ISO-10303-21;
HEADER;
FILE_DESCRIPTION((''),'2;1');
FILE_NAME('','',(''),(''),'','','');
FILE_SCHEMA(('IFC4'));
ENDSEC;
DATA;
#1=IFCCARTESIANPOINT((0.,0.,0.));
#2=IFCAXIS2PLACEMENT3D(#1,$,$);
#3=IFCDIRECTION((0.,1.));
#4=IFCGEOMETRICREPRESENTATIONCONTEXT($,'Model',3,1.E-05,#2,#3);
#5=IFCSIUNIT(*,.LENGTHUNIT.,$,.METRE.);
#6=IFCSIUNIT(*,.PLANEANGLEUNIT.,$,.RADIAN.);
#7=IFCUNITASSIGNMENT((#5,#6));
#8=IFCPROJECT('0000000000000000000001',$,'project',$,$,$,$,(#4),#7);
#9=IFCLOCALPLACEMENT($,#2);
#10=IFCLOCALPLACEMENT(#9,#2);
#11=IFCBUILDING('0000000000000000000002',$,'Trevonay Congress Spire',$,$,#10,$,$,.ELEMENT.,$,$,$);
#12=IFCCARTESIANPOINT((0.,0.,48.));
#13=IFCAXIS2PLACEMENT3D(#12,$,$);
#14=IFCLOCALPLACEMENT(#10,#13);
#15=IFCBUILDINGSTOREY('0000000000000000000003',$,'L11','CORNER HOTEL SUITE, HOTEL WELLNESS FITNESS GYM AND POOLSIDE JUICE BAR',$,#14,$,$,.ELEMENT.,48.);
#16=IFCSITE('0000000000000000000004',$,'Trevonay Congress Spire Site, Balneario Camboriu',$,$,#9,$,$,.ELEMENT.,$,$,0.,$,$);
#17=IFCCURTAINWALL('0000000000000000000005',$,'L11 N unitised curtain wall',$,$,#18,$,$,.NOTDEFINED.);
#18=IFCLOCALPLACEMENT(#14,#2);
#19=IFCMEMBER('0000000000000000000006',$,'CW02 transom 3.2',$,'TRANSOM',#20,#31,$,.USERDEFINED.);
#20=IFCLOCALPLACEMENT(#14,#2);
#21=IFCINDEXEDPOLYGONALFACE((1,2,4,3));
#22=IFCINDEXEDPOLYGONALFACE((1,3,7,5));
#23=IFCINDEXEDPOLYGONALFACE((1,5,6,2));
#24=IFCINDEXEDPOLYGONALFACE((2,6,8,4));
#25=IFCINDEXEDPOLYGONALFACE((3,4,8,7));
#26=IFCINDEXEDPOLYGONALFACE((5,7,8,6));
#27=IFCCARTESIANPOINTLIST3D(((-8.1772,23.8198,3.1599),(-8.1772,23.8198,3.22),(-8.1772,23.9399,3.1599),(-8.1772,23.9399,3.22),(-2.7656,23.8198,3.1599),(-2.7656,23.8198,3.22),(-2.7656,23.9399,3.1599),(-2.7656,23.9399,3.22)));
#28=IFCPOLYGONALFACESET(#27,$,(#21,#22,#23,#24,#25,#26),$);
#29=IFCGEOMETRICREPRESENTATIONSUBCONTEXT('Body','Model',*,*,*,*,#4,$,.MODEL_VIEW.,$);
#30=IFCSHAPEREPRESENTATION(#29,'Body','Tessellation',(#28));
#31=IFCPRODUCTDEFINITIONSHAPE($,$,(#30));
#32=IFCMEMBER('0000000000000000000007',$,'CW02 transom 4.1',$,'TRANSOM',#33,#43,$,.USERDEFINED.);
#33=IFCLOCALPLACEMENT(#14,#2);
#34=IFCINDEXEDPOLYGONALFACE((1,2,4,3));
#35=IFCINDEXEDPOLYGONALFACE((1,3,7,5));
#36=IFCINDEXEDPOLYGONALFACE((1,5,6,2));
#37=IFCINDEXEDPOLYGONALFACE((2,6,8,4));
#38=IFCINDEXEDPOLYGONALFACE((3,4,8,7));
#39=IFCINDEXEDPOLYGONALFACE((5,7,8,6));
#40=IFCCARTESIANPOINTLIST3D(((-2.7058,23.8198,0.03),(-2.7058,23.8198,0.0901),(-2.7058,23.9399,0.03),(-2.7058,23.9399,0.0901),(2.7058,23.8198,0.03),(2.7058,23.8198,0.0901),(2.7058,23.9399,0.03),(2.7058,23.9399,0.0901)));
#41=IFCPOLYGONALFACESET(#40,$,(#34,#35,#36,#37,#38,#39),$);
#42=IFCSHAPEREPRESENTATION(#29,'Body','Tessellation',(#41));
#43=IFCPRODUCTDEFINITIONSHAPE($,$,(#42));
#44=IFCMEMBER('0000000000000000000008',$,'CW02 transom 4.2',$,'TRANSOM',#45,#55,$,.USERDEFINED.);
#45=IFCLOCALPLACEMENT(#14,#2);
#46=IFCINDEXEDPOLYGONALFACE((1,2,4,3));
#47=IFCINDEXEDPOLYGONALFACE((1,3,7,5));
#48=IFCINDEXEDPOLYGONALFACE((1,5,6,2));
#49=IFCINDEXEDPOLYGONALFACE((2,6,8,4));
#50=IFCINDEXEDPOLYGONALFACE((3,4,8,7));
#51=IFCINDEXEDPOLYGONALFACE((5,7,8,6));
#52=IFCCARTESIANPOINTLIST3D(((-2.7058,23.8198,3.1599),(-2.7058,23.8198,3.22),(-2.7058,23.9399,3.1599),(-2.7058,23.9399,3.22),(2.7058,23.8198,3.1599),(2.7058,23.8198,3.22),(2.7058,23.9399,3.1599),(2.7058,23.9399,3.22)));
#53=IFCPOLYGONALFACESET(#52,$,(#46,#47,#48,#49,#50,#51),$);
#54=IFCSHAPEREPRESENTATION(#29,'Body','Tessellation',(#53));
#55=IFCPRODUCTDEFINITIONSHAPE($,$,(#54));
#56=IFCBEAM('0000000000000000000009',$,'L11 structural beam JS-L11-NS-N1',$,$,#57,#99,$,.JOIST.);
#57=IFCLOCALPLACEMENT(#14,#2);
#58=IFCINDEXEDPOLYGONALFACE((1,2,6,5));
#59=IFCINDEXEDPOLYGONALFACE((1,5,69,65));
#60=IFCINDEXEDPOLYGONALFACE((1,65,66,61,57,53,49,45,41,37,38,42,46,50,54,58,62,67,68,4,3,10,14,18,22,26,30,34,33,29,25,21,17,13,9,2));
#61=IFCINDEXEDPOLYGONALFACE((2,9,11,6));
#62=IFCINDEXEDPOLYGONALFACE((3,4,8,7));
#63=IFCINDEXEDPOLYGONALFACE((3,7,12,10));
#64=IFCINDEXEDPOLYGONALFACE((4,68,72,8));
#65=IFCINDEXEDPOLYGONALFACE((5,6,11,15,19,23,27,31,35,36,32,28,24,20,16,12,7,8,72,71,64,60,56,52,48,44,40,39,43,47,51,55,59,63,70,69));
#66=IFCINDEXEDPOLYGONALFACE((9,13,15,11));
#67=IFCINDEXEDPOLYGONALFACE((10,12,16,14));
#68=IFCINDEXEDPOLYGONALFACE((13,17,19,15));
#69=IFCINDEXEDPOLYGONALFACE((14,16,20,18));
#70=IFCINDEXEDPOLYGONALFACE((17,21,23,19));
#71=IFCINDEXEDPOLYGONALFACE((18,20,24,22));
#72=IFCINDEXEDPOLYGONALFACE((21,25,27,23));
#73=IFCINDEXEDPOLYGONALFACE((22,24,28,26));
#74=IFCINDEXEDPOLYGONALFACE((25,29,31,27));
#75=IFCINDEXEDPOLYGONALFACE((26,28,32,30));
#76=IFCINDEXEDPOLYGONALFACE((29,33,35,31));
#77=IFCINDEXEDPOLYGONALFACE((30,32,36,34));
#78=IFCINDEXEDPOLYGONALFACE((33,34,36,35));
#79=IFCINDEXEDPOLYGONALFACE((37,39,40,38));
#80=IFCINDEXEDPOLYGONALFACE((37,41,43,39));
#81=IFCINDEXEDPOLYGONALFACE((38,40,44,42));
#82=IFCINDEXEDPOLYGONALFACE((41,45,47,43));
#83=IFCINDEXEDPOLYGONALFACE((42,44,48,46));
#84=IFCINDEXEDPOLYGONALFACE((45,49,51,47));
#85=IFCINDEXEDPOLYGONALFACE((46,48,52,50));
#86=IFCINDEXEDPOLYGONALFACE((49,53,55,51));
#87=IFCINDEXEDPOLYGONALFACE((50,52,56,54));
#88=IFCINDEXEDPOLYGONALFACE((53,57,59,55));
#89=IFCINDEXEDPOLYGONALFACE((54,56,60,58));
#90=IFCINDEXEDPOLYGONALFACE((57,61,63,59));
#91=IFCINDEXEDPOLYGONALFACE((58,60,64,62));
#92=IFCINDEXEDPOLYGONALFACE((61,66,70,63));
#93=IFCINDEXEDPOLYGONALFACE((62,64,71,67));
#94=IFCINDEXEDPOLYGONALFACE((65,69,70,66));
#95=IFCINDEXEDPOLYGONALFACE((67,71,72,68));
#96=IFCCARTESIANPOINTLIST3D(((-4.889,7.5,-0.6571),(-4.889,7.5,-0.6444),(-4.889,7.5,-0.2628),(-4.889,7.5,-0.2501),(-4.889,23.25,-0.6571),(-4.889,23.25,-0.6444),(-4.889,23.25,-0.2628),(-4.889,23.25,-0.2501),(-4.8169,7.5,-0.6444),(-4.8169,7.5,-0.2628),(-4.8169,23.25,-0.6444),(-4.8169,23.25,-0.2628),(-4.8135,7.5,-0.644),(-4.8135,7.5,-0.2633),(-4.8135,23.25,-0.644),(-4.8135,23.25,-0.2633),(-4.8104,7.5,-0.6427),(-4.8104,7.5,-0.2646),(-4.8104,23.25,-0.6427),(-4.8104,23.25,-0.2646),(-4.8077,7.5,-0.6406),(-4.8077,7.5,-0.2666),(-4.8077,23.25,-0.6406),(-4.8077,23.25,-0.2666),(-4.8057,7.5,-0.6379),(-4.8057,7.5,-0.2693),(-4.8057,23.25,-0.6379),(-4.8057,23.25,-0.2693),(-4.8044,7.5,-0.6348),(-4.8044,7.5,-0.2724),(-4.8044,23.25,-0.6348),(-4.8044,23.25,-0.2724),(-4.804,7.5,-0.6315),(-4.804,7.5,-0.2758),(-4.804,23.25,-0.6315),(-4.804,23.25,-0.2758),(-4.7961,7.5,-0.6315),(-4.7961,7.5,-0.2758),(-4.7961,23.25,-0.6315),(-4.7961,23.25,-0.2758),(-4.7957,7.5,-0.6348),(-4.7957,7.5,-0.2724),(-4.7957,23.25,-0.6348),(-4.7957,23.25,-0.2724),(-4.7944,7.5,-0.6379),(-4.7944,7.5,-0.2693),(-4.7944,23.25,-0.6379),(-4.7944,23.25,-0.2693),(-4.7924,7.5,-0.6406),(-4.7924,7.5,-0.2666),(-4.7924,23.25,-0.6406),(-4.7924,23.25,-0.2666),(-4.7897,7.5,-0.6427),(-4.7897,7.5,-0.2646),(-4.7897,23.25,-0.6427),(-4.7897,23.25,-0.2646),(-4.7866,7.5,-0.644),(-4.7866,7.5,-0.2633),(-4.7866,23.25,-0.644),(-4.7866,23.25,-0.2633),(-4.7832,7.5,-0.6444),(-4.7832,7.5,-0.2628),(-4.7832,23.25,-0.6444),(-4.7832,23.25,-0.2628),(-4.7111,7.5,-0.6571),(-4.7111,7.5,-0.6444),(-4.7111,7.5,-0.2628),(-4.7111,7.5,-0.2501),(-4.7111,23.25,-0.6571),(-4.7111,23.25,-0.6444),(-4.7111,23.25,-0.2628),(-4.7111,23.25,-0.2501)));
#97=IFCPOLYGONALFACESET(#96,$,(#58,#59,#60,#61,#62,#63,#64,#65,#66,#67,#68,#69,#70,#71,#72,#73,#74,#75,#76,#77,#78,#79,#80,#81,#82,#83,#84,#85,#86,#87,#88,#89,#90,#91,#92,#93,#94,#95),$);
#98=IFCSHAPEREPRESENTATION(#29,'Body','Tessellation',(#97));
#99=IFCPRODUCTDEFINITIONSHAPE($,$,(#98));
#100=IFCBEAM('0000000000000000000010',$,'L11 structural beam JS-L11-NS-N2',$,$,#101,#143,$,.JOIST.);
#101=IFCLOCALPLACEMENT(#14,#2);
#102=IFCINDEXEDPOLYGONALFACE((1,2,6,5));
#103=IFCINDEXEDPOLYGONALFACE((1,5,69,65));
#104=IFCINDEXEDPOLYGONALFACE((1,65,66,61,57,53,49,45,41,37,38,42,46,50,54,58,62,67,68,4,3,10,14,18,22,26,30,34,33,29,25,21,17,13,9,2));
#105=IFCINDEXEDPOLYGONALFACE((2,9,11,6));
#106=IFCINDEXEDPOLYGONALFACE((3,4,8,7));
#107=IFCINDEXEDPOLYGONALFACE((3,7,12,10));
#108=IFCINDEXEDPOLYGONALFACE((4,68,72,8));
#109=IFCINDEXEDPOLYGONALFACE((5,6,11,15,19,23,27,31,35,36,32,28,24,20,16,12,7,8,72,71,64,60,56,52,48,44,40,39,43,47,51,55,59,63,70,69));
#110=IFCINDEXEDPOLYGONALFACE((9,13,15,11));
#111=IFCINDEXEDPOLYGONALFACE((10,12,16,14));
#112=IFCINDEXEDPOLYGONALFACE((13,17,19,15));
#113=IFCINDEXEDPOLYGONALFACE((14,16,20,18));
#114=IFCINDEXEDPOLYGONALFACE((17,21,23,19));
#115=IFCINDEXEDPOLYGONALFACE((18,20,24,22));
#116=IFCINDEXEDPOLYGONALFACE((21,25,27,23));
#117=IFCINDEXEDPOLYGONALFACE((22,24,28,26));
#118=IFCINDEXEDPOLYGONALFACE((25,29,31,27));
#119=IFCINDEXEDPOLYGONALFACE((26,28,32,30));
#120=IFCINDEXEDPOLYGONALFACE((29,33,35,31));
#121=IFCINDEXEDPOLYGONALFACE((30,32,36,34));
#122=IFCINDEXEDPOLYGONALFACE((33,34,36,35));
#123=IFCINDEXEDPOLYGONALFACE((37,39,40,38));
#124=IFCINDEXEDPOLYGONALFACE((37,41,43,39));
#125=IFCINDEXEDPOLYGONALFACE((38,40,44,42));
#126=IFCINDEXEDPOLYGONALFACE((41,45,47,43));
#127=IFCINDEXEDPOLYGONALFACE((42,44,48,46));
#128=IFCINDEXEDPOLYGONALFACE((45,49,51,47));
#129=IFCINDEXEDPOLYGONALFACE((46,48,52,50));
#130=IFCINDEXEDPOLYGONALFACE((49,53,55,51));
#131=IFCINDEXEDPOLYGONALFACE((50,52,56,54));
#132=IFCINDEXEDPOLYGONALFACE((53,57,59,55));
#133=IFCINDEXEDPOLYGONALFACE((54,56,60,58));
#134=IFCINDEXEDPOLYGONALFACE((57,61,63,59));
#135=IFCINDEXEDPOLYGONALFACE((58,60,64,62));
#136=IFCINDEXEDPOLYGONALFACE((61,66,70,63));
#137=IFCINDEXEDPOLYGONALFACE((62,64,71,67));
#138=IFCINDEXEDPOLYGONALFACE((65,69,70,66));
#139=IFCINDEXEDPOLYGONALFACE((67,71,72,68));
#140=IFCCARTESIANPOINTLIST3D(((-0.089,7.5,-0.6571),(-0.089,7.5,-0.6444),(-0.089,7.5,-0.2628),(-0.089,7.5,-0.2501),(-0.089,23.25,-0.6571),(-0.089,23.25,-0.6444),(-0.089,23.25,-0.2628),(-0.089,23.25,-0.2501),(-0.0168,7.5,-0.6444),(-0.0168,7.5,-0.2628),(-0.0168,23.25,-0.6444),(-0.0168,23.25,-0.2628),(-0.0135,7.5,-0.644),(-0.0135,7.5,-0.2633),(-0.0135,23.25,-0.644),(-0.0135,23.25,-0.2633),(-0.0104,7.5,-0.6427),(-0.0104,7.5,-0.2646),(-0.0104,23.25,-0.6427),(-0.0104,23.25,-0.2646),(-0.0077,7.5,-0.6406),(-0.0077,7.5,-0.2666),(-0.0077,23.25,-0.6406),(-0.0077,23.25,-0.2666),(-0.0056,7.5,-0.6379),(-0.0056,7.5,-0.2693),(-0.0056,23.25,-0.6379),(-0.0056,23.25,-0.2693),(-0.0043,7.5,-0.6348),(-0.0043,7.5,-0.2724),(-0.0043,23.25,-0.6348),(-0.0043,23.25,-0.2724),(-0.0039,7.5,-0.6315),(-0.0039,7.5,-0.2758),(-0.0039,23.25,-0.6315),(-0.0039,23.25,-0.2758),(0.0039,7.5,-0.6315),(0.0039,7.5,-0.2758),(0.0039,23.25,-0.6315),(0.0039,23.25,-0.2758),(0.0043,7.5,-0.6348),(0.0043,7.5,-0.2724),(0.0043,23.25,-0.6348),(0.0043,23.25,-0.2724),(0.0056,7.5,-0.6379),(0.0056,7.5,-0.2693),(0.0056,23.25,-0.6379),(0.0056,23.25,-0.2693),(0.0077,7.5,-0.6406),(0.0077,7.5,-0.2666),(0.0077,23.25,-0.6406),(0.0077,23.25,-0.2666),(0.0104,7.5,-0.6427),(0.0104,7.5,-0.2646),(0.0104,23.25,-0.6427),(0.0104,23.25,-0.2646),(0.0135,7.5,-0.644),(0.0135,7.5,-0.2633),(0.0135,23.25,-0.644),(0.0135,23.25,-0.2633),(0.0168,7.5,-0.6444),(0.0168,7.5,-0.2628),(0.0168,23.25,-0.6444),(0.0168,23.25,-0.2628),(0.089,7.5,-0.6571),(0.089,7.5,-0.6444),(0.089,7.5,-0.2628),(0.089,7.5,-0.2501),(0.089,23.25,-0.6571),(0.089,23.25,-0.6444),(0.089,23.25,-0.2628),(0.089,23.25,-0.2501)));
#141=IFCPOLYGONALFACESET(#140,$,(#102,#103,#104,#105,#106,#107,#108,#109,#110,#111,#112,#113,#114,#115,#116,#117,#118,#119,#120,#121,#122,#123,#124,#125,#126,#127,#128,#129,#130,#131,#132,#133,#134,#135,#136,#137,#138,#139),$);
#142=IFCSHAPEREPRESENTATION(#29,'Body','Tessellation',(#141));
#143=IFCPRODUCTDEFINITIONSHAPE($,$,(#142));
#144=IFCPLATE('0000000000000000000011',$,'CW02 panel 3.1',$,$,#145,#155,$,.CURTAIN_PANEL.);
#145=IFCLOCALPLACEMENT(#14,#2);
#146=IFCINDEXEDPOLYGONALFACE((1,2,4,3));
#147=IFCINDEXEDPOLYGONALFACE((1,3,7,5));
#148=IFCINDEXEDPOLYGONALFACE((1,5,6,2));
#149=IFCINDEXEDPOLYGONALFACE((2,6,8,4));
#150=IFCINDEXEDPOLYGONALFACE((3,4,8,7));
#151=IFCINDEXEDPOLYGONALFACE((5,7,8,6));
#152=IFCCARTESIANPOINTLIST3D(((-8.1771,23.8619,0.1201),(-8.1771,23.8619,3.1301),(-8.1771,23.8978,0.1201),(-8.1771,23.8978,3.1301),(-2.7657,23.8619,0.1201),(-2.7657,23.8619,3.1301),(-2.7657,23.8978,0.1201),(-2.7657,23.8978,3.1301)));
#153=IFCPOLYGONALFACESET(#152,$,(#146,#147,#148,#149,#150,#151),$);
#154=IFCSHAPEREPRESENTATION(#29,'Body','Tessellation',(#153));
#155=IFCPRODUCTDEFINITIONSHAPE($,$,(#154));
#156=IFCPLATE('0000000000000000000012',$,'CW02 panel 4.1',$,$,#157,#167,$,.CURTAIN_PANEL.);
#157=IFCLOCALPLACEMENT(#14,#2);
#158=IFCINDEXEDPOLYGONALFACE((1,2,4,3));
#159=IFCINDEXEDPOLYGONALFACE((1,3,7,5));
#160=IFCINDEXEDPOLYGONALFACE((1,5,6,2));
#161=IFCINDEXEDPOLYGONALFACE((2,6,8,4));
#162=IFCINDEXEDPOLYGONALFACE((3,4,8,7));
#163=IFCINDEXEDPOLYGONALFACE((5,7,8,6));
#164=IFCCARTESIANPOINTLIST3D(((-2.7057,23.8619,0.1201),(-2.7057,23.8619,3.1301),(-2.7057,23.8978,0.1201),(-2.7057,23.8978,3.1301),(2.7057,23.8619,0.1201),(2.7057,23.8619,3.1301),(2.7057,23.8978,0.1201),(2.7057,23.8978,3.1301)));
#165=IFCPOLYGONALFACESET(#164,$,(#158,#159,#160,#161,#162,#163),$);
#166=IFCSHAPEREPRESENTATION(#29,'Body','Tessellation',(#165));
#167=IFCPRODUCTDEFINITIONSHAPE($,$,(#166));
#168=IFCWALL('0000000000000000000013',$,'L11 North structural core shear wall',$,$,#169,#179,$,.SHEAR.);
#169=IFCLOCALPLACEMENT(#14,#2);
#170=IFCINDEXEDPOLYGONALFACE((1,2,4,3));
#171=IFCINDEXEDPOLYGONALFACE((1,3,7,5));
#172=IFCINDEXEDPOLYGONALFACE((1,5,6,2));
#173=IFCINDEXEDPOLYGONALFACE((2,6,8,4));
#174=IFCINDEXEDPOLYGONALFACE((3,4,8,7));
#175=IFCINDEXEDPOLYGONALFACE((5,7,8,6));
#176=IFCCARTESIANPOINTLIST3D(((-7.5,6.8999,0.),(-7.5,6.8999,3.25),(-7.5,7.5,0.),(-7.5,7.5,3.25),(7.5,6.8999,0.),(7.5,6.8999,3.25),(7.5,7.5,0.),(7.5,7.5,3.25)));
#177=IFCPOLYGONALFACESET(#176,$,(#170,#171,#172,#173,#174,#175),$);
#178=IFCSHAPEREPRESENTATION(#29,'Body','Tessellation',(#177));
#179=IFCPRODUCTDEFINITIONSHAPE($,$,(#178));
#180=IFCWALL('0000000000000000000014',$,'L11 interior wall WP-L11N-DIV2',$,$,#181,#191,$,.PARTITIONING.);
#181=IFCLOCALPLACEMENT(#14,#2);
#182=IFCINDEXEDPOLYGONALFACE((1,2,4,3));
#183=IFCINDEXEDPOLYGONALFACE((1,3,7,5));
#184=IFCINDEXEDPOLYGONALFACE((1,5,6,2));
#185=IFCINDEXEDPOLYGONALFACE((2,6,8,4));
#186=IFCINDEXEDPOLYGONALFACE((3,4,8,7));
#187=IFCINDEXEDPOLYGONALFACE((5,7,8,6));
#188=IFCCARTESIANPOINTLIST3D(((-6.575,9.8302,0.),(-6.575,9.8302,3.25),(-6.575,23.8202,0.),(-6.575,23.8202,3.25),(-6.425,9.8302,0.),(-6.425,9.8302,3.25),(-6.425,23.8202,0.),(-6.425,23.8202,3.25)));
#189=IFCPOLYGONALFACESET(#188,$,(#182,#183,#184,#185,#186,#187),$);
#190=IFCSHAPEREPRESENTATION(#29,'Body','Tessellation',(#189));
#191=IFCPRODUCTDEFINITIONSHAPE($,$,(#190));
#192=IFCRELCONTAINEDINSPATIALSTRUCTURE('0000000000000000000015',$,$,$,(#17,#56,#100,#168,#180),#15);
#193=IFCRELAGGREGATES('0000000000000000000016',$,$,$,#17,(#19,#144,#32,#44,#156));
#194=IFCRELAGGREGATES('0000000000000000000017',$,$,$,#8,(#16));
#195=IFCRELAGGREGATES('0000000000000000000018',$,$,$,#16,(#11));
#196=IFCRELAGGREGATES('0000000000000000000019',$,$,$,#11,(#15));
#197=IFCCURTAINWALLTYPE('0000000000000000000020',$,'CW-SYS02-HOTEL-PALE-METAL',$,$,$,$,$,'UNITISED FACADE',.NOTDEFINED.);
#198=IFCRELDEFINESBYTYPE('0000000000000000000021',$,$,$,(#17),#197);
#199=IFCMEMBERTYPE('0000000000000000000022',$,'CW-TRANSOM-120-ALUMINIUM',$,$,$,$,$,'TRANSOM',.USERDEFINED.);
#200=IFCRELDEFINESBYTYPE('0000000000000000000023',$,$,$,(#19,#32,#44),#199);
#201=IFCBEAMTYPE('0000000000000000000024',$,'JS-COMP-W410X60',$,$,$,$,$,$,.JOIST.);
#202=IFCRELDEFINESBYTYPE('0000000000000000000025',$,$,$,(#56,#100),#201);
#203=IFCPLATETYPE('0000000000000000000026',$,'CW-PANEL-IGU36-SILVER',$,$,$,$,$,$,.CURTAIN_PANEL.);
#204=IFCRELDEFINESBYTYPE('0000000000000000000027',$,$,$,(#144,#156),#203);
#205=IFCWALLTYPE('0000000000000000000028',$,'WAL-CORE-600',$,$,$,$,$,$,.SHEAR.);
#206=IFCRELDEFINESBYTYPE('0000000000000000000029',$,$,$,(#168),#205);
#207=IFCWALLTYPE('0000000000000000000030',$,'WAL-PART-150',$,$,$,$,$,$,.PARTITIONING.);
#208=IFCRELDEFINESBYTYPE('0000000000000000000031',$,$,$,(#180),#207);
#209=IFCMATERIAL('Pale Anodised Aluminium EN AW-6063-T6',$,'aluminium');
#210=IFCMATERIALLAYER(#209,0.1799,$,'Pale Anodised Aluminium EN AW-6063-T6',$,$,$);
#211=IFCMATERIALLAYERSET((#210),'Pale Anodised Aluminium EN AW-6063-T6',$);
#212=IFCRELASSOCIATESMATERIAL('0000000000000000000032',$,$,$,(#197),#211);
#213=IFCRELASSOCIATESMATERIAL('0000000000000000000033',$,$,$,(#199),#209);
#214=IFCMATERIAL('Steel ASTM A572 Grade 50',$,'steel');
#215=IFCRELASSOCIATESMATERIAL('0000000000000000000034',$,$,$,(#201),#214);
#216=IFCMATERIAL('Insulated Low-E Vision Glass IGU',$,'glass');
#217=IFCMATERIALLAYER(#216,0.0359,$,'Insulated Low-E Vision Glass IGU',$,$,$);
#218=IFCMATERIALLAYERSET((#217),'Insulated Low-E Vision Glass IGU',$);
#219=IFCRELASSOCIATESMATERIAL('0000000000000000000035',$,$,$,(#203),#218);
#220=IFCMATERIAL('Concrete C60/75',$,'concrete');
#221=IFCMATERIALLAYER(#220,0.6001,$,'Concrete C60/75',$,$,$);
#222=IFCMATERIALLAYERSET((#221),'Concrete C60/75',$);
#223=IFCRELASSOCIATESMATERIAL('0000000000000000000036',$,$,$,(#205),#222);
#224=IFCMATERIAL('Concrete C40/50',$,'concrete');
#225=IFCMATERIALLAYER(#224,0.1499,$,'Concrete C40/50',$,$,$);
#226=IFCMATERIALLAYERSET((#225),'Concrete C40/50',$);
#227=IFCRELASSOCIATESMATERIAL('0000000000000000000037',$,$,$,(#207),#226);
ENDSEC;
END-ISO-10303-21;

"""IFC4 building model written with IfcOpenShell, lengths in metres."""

from ifc_helpers import new_model, si_unit, direction, frame, frame_2d, origin, origin_2d, place, context, subcontext, project, spatial, rectangle, i_section, extrude, material, layer, layer_set, material_profile, profile_set, type_object, element, aggregate, save


model = new_model("IFC4")

# Units and contexts
model_context = context("Model", 3, precision=1e-05, world=origin(), true_north=direction((0.0, 1.0)))
body_context = subcontext(model_context, "Body", "Model", "MODEL_VIEW")
ifc_project = project(units=[si_unit("LENGTHUNIT", "METRE"), si_unit("PLANEANGLEUNIT", "RADIAN")], contexts=[model_context])

# Site, building, storey
site_placement = place(None, origin())
site = spatial("IfcSite", under=ifc_project, at=site_placement, Name="Trevonay Congress Spire Site, Balneario Camboriu", CompositionType="ELEMENT", RefElevation=0.0)
building_placement = place(site_placement, origin())
building = spatial("IfcBuilding", under=site, at=building_placement, Name="Trevonay Congress Spire", CompositionType="ELEMENT")
storey_placement = place(building_placement, frame((0.0, 0.0, 48.0)))
storey = spatial("IfcBuildingStorey", under=building, at=storey_placement, Name="L11", Description="CORNER HOTEL SUITE, HOTEL WELLNESS FITNESS GYM AND POOLSIDE JUICE BAR", CompositionType="ELEMENT", Elevation=48.0)

# Shared definitions
ifc_material_1 = material(Name="Steel ASTM A572 Grade 50", Category="steel")

# Curtain wall, members
ifc_material_2 = material(Name="Pale Anodised Aluminium EN AW-6063-T6", Category="aluminium")
ifc_layer_1 = layer(ifc_material_2, 0.1799, Name="Pale Anodised Aluminium EN AW-6063-T6")
ifc_layer_set_1 = layer_set([ifc_layer_1], Name="Pale Anodised Aluminium EN AW-6063-T6")
curtain_wall_type = type_object("IfcCurtainWallType", Name="CW-SYS02-HOTEL-PALE-METAL", ElementType="UNITISED FACADE", PredefinedType="NOTDEFINED", material=ifc_layer_set_1)
curtain_wall_placement = place(storey_placement, origin())
curtain_wall = element("IfcCurtainWall", 1, at=curtain_wall_placement, inside=storey, type_object=curtain_wall_type, Name="L11 N unitised curtain wall", PredefinedType="NOTDEFINED")
ifc_material_profile_1 = material_profile(ifc_material_2, rectangle(XDim=0.1201, YDim=0.0601, at=origin_2d()), Name="CW-TRANSOM-120-ALUMINIUM")
ifc_profile_set_1 = profile_set([ifc_material_profile_1], Name="Pale Anodised Aluminium EN AW-6063-T6")
member_type_1 = type_object("IfcMemberType", Name="CW-TRANSOM-120-ALUMINIUM", ElementType="TRANSOM", PredefinedType="USERDEFINED", material=ifc_profile_set_1)
member_1_placement = place(storey_placement, frame((-8.1772, 23.8799, 3.1899), z_axis=(1.0, 0.0, 0.0), x_axis=(0.0, 1.0, 0.0)))
member_1 = element("IfcMember", 2, at=member_1_placement, type_object=member_type_1, Name="CW02 transom 3.2", ObjectType="TRANSOM", PredefinedType="USERDEFINED", context=body_context, shape_type="SweptSolid", body=[
    extrude(rectangle(XDim=0.1201, YDim=0.0601, at=origin_2d()), origin(), (0.0, 0.0, 1.0), 5.4116),
])
member_2_placement = place(storey_placement, frame((-2.7058, 23.8799, 0.0601), z_axis=(1.0, 0.0, 0.0), x_axis=(0.0, 1.0, 0.0)))
member_2 = element("IfcMember", 3, at=member_2_placement, type_object=member_type_1, Name="CW02 transom 4.1", ObjectType="TRANSOM", PredefinedType="USERDEFINED", context=body_context, shape_type="SweptSolid", body=[
    extrude(rectangle(XDim=0.1201, YDim=0.0601, at=origin_2d()), origin(), (0.0, 0.0, 1.0), 5.4116),
])
member_3_placement = place(storey_placement, frame((-2.7058, 23.8799, 3.1899), z_axis=(1.0, 0.0, 0.0), x_axis=(0.0, 1.0, 0.0)))
member_3 = element("IfcMember", 4, at=member_3_placement, type_object=member_type_1, Name="CW02 transom 4.2", ObjectType="TRANSOM", PredefinedType="USERDEFINED", context=body_context, shape_type="SweptSolid", body=[
    extrude(rectangle(XDim=0.1201, YDim=0.0601, at=origin_2d()), origin(), (0.0, 0.0, 1.0), 5.4116),
])

# Beams
ifc_material_profile_2 = material_profile(ifc_material_1, i_section(OverallWidth=0.178, OverallDepth=0.407, WebThickness=0.0078, FlangeThickness=0.0127, FilletRadius=0.0129, at=origin_2d()), Name="W410x60")
ifc_profile_set_2 = profile_set([ifc_material_profile_2], Name="Steel ASTM A572 Grade 50")
beam_type_1 = type_object("IfcBeamType", Name="JS-COMP-W410X60", PredefinedType="JOIST", material=ifc_profile_set_2)
for number, where, z_axis, x_axis, name in (
    (5, (-4.8, 7.5, -0.4536), (0.0, 1.0, 0.0), (-1.0, 0.0, 0.0), "L11 structural beam JS-L11-NS-N1"),
    (6, (0.0, 7.5, -0.4536), (0.0, 1.0, 0.0), (-1.0, 0.0, 0.0), "L11 structural beam JS-L11-NS-N2"),
):
    element("IfcBeam", number, at=place(storey_placement, frame(where, z_axis=z_axis, x_axis=x_axis)), inside=storey, type_object=beam_type_1, Name=name, PredefinedType="JOIST", context=body_context, shape_type="SweptSolid", body=[
        extrude(i_section(OverallWidth=0.178, OverallDepth=0.407, WebThickness=0.0078, FlangeThickness=0.0127, FilletRadius=0.0129, at=origin_2d()), origin(), (0.0, 0.0, 1.0), 15.75),
    ])

# Plates
ifc_material_3 = material(Name="Insulated Low-E Vision Glass IGU", Category="glass")
ifc_layer_2 = layer(ifc_material_3, 0.0359, Name="Insulated Low-E Vision Glass IGU")
ifc_layer_set_2 = layer_set([ifc_layer_2], Name="Insulated Low-E Vision Glass IGU")
plate_type = type_object("IfcPlateType", Name="CW-PANEL-IGU36-SILVER", PredefinedType="CURTAIN_PANEL", material=ifc_layer_set_2)
plate_1_placement = place(storey_placement, frame((-5.4714, 23.8799, 0.1201), z_axis=(0.0, 0.0, 1.0), x_axis=(1.0, 0.0, 0.0)))
plate_1 = element("IfcPlate", 7, at=plate_1_placement, type_object=plate_type, Name="CW02 panel 3.1", PredefinedType="CURTAIN_PANEL", context=body_context, shape_type="SweptSolid", body=[
    extrude(rectangle(XDim=5.4114, YDim=0.0359, at=origin_2d()), origin(), (0.0, 0.0, 1.0), 3.01),
])
plate_2_placement = place(storey_placement, frame((0.0, 23.8799, 0.1201), z_axis=(0.0, 0.0, 1.0), x_axis=(1.0, 0.0, 0.0)))
plate_2 = element("IfcPlate", 8, at=plate_2_placement, type_object=plate_type, Name="CW02 panel 4.1", PredefinedType="CURTAIN_PANEL", context=body_context, shape_type="SweptSolid", body=[
    extrude(rectangle(XDim=5.4114, YDim=0.0359, at=origin_2d()), origin(), (0.0, 0.0, 1.0), 3.01),
])
aggregate(curtain_wall, [member_1, plate_1, member_2, member_3, plate_2])

# Walls
ifc_material_4 = material(Name="Concrete C60/75", Category="concrete")
ifc_layer_3 = layer(ifc_material_4, 0.6001, Name="Concrete C60/75")
ifc_layer_set_3 = layer_set([ifc_layer_3], Name="Concrete C60/75")
wall_type_1 = type_object("IfcWallType", Name="WAL-CORE-600", PredefinedType="SHEAR", material=ifc_layer_set_3)
wall_1_placement = place(storey_placement, frame((-7.5, 7.2, 0.0), z_axis=(0.0, 0.0, 1.0), x_axis=(1.0, 0.0, 0.0)))
element("IfcWall", 9, at=wall_1_placement, inside=storey, type_object=wall_type_1, Name="L11 North structural core shear wall", PredefinedType="SHEAR", context=body_context, shape_type="SweptSolid", body=[
    extrude(rectangle(XDim=15.0, YDim=0.6001, at=frame_2d((7.5, 0.0))), origin(), (0.0, 0.0, 1.0), 3.25),
])
ifc_material_5 = material(Name="Concrete C40/50", Category="concrete")
ifc_layer_4 = layer(ifc_material_5, 0.1499, Name="Concrete C40/50")
ifc_layer_set_4 = layer_set([ifc_layer_4], Name="Concrete C40/50")
wall_type_2 = type_object("IfcWallType", Name="WAL-PART-150", PredefinedType="PARTITIONING", material=ifc_layer_set_4)
wall_2_placement = place(storey_placement, frame((-6.5, 9.8301, 0.0), z_axis=(0.0, 0.0, 1.0), x_axis=(0.0, 1.0, 0.0)))
element("IfcWall", 10, at=wall_2_placement, inside=storey, type_object=wall_type_2, Name="L11 interior wall WP-L11N-DIV2", PredefinedType="PARTITIONING", context=body_context, shape_type="SweptSolid", body=[
    extrude(rectangle(XDim=13.99, YDim=0.1499, at=frame_2d((6.9951, 0.0))), origin(), (0.0, 0.0, 1.0), 3.25),
])

save(model, "model.ifc")
